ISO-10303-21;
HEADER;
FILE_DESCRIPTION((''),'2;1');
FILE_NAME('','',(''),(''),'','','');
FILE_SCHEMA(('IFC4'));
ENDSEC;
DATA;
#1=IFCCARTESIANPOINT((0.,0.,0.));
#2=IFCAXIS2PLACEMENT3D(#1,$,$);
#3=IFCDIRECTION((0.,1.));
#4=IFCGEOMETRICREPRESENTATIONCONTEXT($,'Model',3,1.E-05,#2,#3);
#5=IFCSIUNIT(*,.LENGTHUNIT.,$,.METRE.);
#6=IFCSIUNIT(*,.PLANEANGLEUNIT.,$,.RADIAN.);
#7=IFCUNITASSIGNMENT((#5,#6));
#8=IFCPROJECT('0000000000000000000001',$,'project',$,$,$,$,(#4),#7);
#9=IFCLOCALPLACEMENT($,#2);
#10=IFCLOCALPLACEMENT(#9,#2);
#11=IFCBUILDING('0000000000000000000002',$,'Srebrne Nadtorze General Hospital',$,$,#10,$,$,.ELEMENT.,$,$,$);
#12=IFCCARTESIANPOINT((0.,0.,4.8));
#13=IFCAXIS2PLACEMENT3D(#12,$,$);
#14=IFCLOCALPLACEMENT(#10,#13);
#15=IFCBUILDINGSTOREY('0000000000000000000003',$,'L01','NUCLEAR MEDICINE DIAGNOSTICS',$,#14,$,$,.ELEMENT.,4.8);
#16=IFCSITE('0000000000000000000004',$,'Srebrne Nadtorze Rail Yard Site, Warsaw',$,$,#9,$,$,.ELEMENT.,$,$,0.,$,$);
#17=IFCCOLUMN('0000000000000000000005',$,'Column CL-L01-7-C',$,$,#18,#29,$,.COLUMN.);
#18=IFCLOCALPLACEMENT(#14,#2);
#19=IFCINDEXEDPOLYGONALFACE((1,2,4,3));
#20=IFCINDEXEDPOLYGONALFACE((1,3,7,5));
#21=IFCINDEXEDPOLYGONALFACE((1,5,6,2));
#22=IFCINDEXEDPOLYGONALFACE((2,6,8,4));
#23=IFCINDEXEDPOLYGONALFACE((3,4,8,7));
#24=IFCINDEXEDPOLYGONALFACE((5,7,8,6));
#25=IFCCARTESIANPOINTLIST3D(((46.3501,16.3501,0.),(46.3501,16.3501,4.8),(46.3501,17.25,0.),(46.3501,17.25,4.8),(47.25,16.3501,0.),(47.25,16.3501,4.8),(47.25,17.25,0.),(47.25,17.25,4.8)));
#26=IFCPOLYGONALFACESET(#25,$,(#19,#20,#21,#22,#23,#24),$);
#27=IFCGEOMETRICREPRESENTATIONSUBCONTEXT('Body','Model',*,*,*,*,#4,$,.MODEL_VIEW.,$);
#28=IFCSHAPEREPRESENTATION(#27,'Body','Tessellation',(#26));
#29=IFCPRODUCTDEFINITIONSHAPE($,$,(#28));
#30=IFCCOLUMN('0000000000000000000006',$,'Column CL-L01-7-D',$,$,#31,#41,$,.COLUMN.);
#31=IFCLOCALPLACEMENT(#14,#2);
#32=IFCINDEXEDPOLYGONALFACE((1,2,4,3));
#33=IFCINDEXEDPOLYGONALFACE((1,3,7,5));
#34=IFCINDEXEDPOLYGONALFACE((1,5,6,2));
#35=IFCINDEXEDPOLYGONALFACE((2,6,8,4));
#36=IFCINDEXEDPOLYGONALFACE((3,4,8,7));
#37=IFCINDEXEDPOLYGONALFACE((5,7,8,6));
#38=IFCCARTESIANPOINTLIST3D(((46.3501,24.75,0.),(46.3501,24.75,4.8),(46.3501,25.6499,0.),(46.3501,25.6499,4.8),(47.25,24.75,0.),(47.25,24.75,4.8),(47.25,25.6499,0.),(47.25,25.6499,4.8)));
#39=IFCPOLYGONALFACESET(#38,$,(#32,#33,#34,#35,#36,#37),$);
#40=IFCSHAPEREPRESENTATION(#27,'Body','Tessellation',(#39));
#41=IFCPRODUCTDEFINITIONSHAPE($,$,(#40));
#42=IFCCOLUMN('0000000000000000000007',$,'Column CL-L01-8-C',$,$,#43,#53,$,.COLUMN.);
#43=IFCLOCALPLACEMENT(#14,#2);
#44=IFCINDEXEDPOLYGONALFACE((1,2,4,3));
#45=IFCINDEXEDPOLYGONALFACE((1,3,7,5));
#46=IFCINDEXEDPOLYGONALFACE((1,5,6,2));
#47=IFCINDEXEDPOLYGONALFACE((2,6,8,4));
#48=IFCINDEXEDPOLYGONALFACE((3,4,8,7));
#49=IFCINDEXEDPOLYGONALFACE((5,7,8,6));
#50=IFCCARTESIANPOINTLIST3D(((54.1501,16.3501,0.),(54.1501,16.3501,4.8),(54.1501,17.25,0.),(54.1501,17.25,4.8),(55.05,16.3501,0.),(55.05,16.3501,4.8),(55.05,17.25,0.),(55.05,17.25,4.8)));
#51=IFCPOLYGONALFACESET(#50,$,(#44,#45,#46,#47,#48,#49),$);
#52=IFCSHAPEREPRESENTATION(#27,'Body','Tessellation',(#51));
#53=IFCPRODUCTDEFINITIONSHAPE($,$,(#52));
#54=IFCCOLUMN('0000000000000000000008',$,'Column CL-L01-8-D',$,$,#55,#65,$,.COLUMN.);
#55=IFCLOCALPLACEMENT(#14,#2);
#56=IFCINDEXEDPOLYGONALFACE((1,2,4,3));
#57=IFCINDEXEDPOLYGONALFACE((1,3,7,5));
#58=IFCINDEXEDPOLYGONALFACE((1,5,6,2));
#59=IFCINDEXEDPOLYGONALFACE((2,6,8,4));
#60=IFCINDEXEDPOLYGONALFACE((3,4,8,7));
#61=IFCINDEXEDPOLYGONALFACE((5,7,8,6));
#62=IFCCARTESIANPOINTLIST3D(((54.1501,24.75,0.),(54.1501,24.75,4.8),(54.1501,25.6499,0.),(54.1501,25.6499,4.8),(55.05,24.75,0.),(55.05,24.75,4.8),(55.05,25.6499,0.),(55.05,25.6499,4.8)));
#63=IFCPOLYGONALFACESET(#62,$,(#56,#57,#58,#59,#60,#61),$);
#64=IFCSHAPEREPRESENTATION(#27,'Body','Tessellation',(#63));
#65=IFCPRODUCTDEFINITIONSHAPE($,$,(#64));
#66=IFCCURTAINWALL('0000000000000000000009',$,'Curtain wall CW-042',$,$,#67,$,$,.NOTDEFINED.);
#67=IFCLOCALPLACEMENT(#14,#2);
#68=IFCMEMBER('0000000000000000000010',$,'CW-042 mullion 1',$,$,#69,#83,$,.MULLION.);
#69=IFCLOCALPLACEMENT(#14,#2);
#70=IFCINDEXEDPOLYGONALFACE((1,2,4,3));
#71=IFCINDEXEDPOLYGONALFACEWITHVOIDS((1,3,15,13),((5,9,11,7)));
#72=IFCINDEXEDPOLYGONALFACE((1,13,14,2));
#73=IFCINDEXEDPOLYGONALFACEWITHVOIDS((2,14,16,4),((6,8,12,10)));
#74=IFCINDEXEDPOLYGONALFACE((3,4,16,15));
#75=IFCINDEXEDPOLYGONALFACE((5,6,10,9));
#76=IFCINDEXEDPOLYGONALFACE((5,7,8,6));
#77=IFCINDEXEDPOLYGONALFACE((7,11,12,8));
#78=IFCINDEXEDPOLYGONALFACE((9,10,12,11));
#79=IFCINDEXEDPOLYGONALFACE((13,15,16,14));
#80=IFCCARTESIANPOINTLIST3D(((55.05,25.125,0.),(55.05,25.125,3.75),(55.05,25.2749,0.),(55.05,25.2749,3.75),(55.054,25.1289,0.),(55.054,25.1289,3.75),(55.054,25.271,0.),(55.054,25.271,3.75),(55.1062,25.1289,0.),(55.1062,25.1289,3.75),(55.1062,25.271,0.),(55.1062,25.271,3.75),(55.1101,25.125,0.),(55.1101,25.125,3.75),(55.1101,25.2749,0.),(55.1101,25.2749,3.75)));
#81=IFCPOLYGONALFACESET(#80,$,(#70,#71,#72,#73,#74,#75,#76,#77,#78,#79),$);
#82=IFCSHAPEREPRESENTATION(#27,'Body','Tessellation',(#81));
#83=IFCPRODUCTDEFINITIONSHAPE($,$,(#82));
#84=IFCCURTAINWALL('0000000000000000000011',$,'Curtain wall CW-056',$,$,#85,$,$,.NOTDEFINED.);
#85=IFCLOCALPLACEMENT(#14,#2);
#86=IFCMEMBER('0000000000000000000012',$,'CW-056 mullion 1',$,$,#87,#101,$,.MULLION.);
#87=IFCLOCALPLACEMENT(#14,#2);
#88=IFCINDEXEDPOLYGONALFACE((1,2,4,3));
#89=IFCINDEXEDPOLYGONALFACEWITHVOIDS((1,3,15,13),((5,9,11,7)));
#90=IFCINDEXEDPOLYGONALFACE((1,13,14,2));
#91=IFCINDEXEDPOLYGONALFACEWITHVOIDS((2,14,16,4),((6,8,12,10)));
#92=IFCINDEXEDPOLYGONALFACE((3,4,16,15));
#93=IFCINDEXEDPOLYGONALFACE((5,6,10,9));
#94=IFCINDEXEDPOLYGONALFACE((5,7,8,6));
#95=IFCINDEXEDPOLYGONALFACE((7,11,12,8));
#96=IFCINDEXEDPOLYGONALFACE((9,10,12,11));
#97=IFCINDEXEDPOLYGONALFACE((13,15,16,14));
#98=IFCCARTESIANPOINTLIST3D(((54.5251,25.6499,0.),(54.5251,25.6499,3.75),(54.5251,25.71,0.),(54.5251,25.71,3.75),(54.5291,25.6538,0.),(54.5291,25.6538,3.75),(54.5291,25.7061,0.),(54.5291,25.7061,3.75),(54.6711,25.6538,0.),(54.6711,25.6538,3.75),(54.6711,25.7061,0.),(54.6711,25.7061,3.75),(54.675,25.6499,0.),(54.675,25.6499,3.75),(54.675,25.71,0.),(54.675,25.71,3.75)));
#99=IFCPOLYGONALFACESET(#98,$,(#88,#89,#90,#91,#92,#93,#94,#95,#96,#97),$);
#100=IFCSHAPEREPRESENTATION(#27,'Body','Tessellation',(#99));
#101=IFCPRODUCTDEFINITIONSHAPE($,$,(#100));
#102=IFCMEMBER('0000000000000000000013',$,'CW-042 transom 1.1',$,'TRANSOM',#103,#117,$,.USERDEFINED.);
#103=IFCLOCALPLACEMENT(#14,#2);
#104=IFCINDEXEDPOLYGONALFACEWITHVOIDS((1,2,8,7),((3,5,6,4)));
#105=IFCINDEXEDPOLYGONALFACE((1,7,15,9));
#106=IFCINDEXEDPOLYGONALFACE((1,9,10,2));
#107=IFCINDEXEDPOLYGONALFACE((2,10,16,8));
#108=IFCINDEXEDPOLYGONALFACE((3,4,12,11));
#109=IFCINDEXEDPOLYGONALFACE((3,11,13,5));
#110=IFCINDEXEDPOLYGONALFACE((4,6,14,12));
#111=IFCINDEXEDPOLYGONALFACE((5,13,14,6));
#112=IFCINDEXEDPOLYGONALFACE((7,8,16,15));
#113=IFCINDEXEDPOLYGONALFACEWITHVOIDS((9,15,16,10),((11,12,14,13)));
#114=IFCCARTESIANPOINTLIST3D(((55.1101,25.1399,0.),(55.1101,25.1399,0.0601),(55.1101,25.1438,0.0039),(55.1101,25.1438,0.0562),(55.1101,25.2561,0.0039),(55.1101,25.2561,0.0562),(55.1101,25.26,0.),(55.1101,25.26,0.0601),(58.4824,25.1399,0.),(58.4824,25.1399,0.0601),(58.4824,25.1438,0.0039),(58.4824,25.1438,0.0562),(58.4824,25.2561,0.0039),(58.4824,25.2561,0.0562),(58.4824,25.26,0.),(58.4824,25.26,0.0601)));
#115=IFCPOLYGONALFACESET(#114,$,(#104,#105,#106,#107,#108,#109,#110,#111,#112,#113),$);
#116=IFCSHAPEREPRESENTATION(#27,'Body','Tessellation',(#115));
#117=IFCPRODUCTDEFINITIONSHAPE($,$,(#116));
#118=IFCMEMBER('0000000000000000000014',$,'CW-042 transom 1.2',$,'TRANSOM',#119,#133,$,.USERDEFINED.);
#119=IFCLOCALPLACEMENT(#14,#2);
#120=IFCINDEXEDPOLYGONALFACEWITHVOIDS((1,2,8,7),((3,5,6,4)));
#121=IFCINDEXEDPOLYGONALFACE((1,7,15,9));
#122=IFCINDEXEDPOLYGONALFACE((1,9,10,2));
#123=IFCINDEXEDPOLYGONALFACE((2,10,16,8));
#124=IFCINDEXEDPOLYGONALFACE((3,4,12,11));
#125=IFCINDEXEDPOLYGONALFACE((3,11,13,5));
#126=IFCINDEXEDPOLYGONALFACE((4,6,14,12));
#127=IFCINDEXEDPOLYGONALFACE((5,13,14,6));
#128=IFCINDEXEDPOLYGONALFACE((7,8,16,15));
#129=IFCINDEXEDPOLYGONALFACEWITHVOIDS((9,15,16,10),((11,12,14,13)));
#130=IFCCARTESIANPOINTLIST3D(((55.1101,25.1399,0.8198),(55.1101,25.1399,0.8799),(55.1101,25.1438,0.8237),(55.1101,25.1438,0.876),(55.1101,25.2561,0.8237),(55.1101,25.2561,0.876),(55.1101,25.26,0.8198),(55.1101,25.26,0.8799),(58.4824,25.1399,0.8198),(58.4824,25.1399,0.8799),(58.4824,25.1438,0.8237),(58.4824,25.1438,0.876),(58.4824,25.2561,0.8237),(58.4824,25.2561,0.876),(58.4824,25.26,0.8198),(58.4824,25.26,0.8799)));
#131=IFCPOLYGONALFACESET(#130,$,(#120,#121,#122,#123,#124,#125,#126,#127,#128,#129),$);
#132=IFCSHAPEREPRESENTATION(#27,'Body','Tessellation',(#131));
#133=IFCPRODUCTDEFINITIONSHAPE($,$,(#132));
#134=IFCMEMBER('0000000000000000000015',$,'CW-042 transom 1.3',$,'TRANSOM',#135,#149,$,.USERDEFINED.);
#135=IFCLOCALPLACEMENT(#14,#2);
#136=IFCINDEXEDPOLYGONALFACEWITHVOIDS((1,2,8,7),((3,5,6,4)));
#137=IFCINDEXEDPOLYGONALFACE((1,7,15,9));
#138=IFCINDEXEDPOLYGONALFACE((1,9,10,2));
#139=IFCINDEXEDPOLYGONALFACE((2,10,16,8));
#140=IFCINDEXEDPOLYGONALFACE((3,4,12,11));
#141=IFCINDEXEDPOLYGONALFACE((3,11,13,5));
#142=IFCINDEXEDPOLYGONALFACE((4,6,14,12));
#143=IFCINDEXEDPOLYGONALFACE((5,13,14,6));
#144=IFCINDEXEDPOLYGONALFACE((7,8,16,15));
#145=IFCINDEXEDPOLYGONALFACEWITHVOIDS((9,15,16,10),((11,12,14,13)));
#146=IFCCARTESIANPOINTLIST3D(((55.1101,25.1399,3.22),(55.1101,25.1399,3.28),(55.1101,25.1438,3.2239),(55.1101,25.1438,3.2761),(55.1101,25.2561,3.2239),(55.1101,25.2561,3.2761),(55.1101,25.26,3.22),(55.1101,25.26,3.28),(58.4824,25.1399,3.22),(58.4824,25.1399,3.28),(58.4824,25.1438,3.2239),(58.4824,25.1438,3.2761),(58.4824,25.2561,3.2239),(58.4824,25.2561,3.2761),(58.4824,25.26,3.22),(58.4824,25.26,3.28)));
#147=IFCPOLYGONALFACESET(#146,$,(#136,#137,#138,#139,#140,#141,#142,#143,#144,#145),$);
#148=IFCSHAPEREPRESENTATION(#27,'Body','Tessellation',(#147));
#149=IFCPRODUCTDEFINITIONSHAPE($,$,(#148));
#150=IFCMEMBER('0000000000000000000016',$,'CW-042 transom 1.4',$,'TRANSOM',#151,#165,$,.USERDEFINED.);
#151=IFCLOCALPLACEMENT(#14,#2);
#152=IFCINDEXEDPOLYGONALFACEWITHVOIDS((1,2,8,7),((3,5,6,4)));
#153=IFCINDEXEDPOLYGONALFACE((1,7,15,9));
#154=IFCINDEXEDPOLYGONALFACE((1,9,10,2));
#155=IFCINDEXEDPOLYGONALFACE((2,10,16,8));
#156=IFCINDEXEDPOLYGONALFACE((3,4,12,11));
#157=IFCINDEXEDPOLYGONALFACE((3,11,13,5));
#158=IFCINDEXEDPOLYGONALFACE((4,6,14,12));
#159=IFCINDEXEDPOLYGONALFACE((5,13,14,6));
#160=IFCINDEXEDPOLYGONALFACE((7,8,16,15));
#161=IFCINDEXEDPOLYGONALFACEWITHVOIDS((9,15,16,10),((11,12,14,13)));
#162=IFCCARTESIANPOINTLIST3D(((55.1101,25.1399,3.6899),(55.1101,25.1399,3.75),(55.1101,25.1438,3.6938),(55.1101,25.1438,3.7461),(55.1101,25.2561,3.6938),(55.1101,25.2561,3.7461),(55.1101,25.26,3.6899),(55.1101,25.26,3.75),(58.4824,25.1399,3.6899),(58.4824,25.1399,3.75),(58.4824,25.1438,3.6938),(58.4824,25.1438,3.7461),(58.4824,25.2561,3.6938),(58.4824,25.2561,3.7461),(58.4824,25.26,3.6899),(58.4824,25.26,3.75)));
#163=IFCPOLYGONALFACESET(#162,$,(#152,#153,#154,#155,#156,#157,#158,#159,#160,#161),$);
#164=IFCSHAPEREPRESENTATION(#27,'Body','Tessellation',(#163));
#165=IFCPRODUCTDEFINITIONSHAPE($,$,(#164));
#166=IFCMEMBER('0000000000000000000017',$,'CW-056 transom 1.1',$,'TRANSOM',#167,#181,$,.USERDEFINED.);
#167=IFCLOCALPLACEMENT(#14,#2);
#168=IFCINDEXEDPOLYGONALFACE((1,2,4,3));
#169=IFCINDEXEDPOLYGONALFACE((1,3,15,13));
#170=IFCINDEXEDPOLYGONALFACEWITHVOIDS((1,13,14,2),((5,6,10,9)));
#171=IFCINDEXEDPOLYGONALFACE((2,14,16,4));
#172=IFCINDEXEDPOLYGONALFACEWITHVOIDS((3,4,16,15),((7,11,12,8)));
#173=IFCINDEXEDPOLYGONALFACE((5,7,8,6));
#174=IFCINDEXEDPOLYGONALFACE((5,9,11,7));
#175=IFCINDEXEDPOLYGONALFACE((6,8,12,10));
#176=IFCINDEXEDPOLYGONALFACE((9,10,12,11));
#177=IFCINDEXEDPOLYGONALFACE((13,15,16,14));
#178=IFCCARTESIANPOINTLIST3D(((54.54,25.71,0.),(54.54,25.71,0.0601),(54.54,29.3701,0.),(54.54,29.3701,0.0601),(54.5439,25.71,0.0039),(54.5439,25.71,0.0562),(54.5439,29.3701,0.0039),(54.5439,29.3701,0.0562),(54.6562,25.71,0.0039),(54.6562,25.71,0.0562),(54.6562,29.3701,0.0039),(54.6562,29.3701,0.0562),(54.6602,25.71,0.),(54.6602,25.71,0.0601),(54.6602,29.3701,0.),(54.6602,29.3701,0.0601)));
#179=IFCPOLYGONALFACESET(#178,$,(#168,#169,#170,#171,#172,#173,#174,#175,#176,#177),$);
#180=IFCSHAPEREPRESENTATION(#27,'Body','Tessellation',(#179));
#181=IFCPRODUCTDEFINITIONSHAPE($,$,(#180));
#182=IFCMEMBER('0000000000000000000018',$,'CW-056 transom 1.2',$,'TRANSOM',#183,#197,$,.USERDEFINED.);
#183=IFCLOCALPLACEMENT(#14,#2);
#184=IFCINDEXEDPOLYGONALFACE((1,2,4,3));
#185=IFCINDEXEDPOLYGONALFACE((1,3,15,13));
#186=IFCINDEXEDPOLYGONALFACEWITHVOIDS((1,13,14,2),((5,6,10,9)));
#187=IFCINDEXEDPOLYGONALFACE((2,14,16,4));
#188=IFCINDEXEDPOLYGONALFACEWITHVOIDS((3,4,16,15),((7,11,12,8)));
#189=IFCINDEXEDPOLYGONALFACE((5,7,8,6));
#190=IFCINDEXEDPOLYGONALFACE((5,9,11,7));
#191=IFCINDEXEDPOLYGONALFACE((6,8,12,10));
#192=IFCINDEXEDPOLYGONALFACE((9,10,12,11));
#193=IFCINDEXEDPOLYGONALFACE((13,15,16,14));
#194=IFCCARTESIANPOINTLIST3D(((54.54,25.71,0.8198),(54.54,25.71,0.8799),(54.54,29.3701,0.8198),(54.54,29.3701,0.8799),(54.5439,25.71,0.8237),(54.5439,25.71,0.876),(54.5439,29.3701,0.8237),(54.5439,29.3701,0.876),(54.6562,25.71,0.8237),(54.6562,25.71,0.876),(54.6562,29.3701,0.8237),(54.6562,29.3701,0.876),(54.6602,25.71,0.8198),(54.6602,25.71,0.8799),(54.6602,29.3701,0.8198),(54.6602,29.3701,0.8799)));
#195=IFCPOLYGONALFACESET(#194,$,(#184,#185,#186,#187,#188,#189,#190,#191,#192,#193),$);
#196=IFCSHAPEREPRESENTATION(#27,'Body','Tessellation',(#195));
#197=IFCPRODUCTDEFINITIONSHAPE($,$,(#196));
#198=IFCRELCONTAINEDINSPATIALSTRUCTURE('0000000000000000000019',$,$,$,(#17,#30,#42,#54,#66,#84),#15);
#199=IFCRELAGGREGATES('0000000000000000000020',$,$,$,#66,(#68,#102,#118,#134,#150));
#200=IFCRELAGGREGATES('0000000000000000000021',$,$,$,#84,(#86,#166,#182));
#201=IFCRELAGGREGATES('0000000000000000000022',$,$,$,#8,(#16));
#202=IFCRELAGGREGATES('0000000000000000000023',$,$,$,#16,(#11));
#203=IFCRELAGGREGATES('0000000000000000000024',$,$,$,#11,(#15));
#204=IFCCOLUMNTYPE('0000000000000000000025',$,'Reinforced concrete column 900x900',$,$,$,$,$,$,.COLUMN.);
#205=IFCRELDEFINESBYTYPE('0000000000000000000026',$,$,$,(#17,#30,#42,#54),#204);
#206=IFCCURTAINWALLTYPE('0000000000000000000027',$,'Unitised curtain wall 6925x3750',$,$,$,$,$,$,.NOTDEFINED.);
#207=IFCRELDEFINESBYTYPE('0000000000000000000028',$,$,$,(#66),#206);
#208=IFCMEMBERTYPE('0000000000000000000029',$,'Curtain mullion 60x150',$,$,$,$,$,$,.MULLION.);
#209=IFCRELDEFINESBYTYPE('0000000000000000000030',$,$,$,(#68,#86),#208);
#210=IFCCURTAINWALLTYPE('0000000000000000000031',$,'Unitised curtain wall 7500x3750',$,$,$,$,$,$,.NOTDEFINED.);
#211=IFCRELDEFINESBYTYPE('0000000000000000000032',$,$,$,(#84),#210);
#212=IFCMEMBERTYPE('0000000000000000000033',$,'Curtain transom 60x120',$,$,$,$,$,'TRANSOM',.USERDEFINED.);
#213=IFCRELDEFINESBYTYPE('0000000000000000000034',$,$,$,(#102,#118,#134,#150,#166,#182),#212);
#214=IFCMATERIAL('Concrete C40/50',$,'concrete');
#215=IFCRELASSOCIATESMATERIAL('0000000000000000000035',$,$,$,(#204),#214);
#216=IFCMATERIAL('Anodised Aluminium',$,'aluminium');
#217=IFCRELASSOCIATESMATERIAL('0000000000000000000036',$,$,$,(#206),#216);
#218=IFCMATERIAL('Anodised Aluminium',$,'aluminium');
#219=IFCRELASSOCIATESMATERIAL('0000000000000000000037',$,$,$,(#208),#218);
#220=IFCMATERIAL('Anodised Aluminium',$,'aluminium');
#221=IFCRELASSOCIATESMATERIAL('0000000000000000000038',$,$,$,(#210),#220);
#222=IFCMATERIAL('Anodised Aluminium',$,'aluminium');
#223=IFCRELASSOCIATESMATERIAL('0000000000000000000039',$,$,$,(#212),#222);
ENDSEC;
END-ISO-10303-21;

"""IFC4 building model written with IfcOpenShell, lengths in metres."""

from ifc_helpers import new_model, si_unit, direction, frame, origin, origin_2d, place, context, subcontext, project, spatial, rectangle, hollow_rectangle, extrude, material, material_profile, profile_set, type_object, element, aggregate, save


model = new_model("IFC4")

# Units and contexts
model_context = context("Model", 3, precision=1e-05, world=origin(), true_north=direction((0.0, 1.0)))
body_context = subcontext(model_context, "Body", "Model", "MODEL_VIEW")
ifc_project = project(units=[si_unit("LENGTHUNIT", "METRE"), si_unit("PLANEANGLEUNIT", "RADIAN")], contexts=[model_context])

# Site, building, storey
site_placement = place(None, origin())
site = spatial("IfcSite", under=ifc_project, at=site_placement, Name="Srebrne Nadtorze Rail Yard Site, Warsaw", CompositionType="ELEMENT", RefElevation=0.0)
building_placement = place(site_placement, origin())
building = spatial("IfcBuilding", under=site, at=building_placement, Name="Srebrne Nadtorze General Hospital", CompositionType="ELEMENT")
storey_placement = place(building_placement, frame((0.0, 0.0, 4.8)))
storey = spatial("IfcBuildingStorey", under=building, at=storey_placement, Name="L01", Description="NUCLEAR MEDICINE DIAGNOSTICS", CompositionType="ELEMENT", Elevation=4.8)

# Columns
ifc_material_1 = material(Name="Concrete C40/50", Category="concrete")
ifc_material_profile_1 = material_profile(ifc_material_1, rectangle(XDim=0.8999, YDim=0.8999, at=origin_2d()), Name="RC-COL-900x900")
ifc_profile_set_1 = profile_set([ifc_material_profile_1], Name="Concrete C40/50")
column_type = type_object("IfcColumnType", Name="Reinforced concrete column 900x900", PredefinedType="COLUMN", material=ifc_profile_set_1)
for number, where, z_axis, x_axis, name in (
    (1, (46.8, 16.8, 0.0), (0.0, 0.0, 1.0), (1.0, 0.0, 0.0), "Column CL-L01-7-C"),
    (2, (46.8, 25.2, 0.0), (0.0, 0.0, 1.0), (1.0, 0.0, 0.0), "Column CL-L01-7-D"),
    (3, (54.6001, 16.8, 0.0), (0.0, 0.0, 1.0), (1.0, 0.0, 0.0), "Column CL-L01-8-C"),
    (4, (54.6001, 25.2, 0.0), (0.0, 0.0, 1.0), (1.0, 0.0, 0.0), "Column CL-L01-8-D"),
):
    element("IfcColumn", number, at=place(storey_placement, frame(where, z_axis=z_axis, x_axis=x_axis)), inside=storey, type_object=column_type, Name=name, PredefinedType="COLUMN", context=body_context, shape_type="SweptSolid", body=[
        extrude(rectangle(XDim=0.8999, YDim=0.8999, at=origin_2d()), origin(), (0.0, 0.0, 1.0), 4.8),
    ])

# Curtain walls, members
ifc_material_2 = material(Name="Anodised Aluminium", Category="aluminium")
curtain_wall_type_1 = type_object("IfcCurtainWallType", Name="Unitised curtain wall 6925x3750", PredefinedType="NOTDEFINED", material=ifc_material_2)
curtain_wall_1_placement = place(storey_placement, origin())
curtain_wall_1 = element("IfcCurtainWall", 5, at=curtain_wall_1_placement, inside=storey, type_object=curtain_wall_type_1, Name="Curtain wall CW-042", PredefinedType="NOTDEFINED")
ifc_material_3 = material(Name="Anodised Aluminium", Category="aluminium")
ifc_material_profile_2 = material_profile(ifc_material_3, hollow_rectangle(XDim=0.0601, YDim=0.1499, WallThickness=0.0039, at=origin_2d()), Name="AL-MUL-60x150")
ifc_profile_set_2 = profile_set([ifc_material_profile_2], Name="Anodised Aluminium")
member_type_1 = type_object("IfcMemberType", Name="Curtain mullion 60x150", PredefinedType="MULLION", material=ifc_profile_set_2)
member_1_placement = place(storey_placement, frame((55.0801, 25.2, 0.0), z_axis=(0.0, 0.0, 1.0), x_axis=(1.0, 0.0, 0.0)))
member_1 = element("IfcMember", 6, at=member_1_placement, type_object=member_type_1, Name="CW-042 mullion 1", PredefinedType="MULLION", context=body_context, shape_type="SweptSolid", body=[
    extrude(hollow_rectangle(XDim=0.0601, YDim=0.1499, WallThickness=0.0039, at=origin_2d()), origin(), (0.0, 0.0, 1.0), 3.75),
])
ifc_material_4 = material(Name="Anodised Aluminium", Category="aluminium")
curtain_wall_type_2 = type_object("IfcCurtainWallType", Name="Unitised curtain wall 7500x3750", PredefinedType="NOTDEFINED", material=ifc_material_4)
curtain_wall_2_placement = place(storey_placement, origin())
curtain_wall_2 = element("IfcCurtainWall", 7, at=curtain_wall_2_placement, inside=storey, type_object=curtain_wall_type_2, Name="Curtain wall CW-056", PredefinedType="NOTDEFINED")
member_2_placement = place(storey_placement, frame((54.6001, 25.6799, 0.0), z_axis=(0.0, 0.0, 1.0), x_axis=(0.0, 1.0, 0.0)))
member_2 = element("IfcMember", 8, at=member_2_placement, type_object=member_type_1, Name="CW-056 mullion 1", PredefinedType="MULLION", context=body_context, shape_type="SweptSolid", body=[
    extrude(hollow_rectangle(XDim=0.0601, YDim=0.1499, WallThickness=0.0039, at=origin_2d()), origin(), (0.0, 0.0, 1.0), 3.75),
])

# Members
ifc_material_5 = material(Name="Anodised Aluminium", Category="aluminium")
ifc_material_profile_3 = material_profile(ifc_material_5, hollow_rectangle(XDim=0.0601, YDim=0.1201, WallThickness=0.0039, at=origin_2d()), Name="AL-TRN-60x120")
ifc_profile_set_3 = profile_set([ifc_material_profile_3], Name="Anodised Aluminium")
member_type_2 = type_object("IfcMemberType", Name="Curtain transom 60x120", ElementType="TRANSOM", PredefinedType="USERDEFINED", material=ifc_profile_set_3)
member_3_placement = place(storey_placement, frame((55.1101, 25.2, 0.03), z_axis=(1.0, 0.0, 0.0), x_axis=(0.0, 0.0, 1.0)))
member_3 = element("IfcMember", 9, at=member_3_placement, type_object=member_type_2, Name="CW-042 transom 1.1", ObjectType="TRANSOM", PredefinedType="USERDEFINED", context=body_context, shape_type="SweptSolid", body=[
    extrude(hollow_rectangle(XDim=0.0601, YDim=0.1201, WallThickness=0.0039, at=origin_2d()), origin(), (0.0, 0.0, 1.0), 3.3723),
])
member_4_placement = place(storey_placement, frame((55.1101, 25.2, 0.8499), z_axis=(1.0, 0.0, 0.0), x_axis=(0.0, 0.0, 1.0)))
member_4 = element("IfcMember", 10, at=member_4_placement, type_object=member_type_2, Name="CW-042 transom 1.2", ObjectType="TRANSOM", PredefinedType="USERDEFINED", context=body_context, shape_type="SweptSolid", body=[
    extrude(hollow_rectangle(XDim=0.0601, YDim=0.1201, WallThickness=0.0039, at=origin_2d()), origin(), (0.0, 0.0, 1.0), 3.3723),
])
member_5_placement = place(storey_placement, frame((55.1101, 25.2, 3.25), z_axis=(1.0, 0.0, 0.0), x_axis=(0.0, 0.0, 1.0)))
member_5 = element("IfcMember", 11, at=member_5_placement, type_object=member_type_2, Name="CW-042 transom 1.3", ObjectType="TRANSOM", PredefinedType="USERDEFINED", context=body_context, shape_type="SweptSolid", body=[
    extrude(hollow_rectangle(XDim=0.0601, YDim=0.1201, WallThickness=0.0039, at=origin_2d()), origin(), (0.0, 0.0, 1.0), 3.3723),
])
member_6_placement = place(storey_placement, frame((55.1101, 25.2, 3.72), z_axis=(1.0, 0.0, 0.0), x_axis=(0.0, 0.0, 1.0)))
member_6 = element("IfcMember", 12, at=member_6_placement, type_object=member_type_2, Name="CW-042 transom 1.4", ObjectType="TRANSOM", PredefinedType="USERDEFINED", context=body_context, shape_type="SweptSolid", body=[
    extrude(hollow_rectangle(XDim=0.0601, YDim=0.1201, WallThickness=0.0039, at=origin_2d()), origin(), (0.0, 0.0, 1.0), 3.3723),
])
member_7_placement = place(storey_placement, frame((54.6001, 25.71, 0.03), z_axis=(0.0, 1.0, 0.0), x_axis=(0.0, 0.0, 1.0)))
member_7 = element("IfcMember", 13, at=member_7_placement, type_object=member_type_2, Name="CW-056 transom 1.1", ObjectType="TRANSOM", PredefinedType="USERDEFINED", context=body_context, shape_type="SweptSolid", body=[
    extrude(hollow_rectangle(XDim=0.0601, YDim=0.1201, WallThickness=0.0039, at=origin_2d()), origin(), (0.0, 0.0, 1.0), 3.6602),
])
member_8_placement = place(storey_placement, frame((54.6001, 25.71, 0.8499), z_axis=(0.0, 1.0, 0.0), x_axis=(0.0, 0.0, 1.0)))
member_8 = element("IfcMember", 14, at=member_8_placement, type_object=member_type_2, Name="CW-056 transom 1.2", ObjectType="TRANSOM", PredefinedType="USERDEFINED", context=body_context, shape_type="SweptSolid", body=[
    extrude(hollow_rectangle(XDim=0.0601, YDim=0.1201, WallThickness=0.0039, at=origin_2d()), origin(), (0.0, 0.0, 1.0), 3.6602),
])

aggregate(curtain_wall_1, [member_1, member_3, member_4, member_5, member_6])
aggregate(curtain_wall_2, [member_2, member_7, member_8])

save(model, "model.ifc")
